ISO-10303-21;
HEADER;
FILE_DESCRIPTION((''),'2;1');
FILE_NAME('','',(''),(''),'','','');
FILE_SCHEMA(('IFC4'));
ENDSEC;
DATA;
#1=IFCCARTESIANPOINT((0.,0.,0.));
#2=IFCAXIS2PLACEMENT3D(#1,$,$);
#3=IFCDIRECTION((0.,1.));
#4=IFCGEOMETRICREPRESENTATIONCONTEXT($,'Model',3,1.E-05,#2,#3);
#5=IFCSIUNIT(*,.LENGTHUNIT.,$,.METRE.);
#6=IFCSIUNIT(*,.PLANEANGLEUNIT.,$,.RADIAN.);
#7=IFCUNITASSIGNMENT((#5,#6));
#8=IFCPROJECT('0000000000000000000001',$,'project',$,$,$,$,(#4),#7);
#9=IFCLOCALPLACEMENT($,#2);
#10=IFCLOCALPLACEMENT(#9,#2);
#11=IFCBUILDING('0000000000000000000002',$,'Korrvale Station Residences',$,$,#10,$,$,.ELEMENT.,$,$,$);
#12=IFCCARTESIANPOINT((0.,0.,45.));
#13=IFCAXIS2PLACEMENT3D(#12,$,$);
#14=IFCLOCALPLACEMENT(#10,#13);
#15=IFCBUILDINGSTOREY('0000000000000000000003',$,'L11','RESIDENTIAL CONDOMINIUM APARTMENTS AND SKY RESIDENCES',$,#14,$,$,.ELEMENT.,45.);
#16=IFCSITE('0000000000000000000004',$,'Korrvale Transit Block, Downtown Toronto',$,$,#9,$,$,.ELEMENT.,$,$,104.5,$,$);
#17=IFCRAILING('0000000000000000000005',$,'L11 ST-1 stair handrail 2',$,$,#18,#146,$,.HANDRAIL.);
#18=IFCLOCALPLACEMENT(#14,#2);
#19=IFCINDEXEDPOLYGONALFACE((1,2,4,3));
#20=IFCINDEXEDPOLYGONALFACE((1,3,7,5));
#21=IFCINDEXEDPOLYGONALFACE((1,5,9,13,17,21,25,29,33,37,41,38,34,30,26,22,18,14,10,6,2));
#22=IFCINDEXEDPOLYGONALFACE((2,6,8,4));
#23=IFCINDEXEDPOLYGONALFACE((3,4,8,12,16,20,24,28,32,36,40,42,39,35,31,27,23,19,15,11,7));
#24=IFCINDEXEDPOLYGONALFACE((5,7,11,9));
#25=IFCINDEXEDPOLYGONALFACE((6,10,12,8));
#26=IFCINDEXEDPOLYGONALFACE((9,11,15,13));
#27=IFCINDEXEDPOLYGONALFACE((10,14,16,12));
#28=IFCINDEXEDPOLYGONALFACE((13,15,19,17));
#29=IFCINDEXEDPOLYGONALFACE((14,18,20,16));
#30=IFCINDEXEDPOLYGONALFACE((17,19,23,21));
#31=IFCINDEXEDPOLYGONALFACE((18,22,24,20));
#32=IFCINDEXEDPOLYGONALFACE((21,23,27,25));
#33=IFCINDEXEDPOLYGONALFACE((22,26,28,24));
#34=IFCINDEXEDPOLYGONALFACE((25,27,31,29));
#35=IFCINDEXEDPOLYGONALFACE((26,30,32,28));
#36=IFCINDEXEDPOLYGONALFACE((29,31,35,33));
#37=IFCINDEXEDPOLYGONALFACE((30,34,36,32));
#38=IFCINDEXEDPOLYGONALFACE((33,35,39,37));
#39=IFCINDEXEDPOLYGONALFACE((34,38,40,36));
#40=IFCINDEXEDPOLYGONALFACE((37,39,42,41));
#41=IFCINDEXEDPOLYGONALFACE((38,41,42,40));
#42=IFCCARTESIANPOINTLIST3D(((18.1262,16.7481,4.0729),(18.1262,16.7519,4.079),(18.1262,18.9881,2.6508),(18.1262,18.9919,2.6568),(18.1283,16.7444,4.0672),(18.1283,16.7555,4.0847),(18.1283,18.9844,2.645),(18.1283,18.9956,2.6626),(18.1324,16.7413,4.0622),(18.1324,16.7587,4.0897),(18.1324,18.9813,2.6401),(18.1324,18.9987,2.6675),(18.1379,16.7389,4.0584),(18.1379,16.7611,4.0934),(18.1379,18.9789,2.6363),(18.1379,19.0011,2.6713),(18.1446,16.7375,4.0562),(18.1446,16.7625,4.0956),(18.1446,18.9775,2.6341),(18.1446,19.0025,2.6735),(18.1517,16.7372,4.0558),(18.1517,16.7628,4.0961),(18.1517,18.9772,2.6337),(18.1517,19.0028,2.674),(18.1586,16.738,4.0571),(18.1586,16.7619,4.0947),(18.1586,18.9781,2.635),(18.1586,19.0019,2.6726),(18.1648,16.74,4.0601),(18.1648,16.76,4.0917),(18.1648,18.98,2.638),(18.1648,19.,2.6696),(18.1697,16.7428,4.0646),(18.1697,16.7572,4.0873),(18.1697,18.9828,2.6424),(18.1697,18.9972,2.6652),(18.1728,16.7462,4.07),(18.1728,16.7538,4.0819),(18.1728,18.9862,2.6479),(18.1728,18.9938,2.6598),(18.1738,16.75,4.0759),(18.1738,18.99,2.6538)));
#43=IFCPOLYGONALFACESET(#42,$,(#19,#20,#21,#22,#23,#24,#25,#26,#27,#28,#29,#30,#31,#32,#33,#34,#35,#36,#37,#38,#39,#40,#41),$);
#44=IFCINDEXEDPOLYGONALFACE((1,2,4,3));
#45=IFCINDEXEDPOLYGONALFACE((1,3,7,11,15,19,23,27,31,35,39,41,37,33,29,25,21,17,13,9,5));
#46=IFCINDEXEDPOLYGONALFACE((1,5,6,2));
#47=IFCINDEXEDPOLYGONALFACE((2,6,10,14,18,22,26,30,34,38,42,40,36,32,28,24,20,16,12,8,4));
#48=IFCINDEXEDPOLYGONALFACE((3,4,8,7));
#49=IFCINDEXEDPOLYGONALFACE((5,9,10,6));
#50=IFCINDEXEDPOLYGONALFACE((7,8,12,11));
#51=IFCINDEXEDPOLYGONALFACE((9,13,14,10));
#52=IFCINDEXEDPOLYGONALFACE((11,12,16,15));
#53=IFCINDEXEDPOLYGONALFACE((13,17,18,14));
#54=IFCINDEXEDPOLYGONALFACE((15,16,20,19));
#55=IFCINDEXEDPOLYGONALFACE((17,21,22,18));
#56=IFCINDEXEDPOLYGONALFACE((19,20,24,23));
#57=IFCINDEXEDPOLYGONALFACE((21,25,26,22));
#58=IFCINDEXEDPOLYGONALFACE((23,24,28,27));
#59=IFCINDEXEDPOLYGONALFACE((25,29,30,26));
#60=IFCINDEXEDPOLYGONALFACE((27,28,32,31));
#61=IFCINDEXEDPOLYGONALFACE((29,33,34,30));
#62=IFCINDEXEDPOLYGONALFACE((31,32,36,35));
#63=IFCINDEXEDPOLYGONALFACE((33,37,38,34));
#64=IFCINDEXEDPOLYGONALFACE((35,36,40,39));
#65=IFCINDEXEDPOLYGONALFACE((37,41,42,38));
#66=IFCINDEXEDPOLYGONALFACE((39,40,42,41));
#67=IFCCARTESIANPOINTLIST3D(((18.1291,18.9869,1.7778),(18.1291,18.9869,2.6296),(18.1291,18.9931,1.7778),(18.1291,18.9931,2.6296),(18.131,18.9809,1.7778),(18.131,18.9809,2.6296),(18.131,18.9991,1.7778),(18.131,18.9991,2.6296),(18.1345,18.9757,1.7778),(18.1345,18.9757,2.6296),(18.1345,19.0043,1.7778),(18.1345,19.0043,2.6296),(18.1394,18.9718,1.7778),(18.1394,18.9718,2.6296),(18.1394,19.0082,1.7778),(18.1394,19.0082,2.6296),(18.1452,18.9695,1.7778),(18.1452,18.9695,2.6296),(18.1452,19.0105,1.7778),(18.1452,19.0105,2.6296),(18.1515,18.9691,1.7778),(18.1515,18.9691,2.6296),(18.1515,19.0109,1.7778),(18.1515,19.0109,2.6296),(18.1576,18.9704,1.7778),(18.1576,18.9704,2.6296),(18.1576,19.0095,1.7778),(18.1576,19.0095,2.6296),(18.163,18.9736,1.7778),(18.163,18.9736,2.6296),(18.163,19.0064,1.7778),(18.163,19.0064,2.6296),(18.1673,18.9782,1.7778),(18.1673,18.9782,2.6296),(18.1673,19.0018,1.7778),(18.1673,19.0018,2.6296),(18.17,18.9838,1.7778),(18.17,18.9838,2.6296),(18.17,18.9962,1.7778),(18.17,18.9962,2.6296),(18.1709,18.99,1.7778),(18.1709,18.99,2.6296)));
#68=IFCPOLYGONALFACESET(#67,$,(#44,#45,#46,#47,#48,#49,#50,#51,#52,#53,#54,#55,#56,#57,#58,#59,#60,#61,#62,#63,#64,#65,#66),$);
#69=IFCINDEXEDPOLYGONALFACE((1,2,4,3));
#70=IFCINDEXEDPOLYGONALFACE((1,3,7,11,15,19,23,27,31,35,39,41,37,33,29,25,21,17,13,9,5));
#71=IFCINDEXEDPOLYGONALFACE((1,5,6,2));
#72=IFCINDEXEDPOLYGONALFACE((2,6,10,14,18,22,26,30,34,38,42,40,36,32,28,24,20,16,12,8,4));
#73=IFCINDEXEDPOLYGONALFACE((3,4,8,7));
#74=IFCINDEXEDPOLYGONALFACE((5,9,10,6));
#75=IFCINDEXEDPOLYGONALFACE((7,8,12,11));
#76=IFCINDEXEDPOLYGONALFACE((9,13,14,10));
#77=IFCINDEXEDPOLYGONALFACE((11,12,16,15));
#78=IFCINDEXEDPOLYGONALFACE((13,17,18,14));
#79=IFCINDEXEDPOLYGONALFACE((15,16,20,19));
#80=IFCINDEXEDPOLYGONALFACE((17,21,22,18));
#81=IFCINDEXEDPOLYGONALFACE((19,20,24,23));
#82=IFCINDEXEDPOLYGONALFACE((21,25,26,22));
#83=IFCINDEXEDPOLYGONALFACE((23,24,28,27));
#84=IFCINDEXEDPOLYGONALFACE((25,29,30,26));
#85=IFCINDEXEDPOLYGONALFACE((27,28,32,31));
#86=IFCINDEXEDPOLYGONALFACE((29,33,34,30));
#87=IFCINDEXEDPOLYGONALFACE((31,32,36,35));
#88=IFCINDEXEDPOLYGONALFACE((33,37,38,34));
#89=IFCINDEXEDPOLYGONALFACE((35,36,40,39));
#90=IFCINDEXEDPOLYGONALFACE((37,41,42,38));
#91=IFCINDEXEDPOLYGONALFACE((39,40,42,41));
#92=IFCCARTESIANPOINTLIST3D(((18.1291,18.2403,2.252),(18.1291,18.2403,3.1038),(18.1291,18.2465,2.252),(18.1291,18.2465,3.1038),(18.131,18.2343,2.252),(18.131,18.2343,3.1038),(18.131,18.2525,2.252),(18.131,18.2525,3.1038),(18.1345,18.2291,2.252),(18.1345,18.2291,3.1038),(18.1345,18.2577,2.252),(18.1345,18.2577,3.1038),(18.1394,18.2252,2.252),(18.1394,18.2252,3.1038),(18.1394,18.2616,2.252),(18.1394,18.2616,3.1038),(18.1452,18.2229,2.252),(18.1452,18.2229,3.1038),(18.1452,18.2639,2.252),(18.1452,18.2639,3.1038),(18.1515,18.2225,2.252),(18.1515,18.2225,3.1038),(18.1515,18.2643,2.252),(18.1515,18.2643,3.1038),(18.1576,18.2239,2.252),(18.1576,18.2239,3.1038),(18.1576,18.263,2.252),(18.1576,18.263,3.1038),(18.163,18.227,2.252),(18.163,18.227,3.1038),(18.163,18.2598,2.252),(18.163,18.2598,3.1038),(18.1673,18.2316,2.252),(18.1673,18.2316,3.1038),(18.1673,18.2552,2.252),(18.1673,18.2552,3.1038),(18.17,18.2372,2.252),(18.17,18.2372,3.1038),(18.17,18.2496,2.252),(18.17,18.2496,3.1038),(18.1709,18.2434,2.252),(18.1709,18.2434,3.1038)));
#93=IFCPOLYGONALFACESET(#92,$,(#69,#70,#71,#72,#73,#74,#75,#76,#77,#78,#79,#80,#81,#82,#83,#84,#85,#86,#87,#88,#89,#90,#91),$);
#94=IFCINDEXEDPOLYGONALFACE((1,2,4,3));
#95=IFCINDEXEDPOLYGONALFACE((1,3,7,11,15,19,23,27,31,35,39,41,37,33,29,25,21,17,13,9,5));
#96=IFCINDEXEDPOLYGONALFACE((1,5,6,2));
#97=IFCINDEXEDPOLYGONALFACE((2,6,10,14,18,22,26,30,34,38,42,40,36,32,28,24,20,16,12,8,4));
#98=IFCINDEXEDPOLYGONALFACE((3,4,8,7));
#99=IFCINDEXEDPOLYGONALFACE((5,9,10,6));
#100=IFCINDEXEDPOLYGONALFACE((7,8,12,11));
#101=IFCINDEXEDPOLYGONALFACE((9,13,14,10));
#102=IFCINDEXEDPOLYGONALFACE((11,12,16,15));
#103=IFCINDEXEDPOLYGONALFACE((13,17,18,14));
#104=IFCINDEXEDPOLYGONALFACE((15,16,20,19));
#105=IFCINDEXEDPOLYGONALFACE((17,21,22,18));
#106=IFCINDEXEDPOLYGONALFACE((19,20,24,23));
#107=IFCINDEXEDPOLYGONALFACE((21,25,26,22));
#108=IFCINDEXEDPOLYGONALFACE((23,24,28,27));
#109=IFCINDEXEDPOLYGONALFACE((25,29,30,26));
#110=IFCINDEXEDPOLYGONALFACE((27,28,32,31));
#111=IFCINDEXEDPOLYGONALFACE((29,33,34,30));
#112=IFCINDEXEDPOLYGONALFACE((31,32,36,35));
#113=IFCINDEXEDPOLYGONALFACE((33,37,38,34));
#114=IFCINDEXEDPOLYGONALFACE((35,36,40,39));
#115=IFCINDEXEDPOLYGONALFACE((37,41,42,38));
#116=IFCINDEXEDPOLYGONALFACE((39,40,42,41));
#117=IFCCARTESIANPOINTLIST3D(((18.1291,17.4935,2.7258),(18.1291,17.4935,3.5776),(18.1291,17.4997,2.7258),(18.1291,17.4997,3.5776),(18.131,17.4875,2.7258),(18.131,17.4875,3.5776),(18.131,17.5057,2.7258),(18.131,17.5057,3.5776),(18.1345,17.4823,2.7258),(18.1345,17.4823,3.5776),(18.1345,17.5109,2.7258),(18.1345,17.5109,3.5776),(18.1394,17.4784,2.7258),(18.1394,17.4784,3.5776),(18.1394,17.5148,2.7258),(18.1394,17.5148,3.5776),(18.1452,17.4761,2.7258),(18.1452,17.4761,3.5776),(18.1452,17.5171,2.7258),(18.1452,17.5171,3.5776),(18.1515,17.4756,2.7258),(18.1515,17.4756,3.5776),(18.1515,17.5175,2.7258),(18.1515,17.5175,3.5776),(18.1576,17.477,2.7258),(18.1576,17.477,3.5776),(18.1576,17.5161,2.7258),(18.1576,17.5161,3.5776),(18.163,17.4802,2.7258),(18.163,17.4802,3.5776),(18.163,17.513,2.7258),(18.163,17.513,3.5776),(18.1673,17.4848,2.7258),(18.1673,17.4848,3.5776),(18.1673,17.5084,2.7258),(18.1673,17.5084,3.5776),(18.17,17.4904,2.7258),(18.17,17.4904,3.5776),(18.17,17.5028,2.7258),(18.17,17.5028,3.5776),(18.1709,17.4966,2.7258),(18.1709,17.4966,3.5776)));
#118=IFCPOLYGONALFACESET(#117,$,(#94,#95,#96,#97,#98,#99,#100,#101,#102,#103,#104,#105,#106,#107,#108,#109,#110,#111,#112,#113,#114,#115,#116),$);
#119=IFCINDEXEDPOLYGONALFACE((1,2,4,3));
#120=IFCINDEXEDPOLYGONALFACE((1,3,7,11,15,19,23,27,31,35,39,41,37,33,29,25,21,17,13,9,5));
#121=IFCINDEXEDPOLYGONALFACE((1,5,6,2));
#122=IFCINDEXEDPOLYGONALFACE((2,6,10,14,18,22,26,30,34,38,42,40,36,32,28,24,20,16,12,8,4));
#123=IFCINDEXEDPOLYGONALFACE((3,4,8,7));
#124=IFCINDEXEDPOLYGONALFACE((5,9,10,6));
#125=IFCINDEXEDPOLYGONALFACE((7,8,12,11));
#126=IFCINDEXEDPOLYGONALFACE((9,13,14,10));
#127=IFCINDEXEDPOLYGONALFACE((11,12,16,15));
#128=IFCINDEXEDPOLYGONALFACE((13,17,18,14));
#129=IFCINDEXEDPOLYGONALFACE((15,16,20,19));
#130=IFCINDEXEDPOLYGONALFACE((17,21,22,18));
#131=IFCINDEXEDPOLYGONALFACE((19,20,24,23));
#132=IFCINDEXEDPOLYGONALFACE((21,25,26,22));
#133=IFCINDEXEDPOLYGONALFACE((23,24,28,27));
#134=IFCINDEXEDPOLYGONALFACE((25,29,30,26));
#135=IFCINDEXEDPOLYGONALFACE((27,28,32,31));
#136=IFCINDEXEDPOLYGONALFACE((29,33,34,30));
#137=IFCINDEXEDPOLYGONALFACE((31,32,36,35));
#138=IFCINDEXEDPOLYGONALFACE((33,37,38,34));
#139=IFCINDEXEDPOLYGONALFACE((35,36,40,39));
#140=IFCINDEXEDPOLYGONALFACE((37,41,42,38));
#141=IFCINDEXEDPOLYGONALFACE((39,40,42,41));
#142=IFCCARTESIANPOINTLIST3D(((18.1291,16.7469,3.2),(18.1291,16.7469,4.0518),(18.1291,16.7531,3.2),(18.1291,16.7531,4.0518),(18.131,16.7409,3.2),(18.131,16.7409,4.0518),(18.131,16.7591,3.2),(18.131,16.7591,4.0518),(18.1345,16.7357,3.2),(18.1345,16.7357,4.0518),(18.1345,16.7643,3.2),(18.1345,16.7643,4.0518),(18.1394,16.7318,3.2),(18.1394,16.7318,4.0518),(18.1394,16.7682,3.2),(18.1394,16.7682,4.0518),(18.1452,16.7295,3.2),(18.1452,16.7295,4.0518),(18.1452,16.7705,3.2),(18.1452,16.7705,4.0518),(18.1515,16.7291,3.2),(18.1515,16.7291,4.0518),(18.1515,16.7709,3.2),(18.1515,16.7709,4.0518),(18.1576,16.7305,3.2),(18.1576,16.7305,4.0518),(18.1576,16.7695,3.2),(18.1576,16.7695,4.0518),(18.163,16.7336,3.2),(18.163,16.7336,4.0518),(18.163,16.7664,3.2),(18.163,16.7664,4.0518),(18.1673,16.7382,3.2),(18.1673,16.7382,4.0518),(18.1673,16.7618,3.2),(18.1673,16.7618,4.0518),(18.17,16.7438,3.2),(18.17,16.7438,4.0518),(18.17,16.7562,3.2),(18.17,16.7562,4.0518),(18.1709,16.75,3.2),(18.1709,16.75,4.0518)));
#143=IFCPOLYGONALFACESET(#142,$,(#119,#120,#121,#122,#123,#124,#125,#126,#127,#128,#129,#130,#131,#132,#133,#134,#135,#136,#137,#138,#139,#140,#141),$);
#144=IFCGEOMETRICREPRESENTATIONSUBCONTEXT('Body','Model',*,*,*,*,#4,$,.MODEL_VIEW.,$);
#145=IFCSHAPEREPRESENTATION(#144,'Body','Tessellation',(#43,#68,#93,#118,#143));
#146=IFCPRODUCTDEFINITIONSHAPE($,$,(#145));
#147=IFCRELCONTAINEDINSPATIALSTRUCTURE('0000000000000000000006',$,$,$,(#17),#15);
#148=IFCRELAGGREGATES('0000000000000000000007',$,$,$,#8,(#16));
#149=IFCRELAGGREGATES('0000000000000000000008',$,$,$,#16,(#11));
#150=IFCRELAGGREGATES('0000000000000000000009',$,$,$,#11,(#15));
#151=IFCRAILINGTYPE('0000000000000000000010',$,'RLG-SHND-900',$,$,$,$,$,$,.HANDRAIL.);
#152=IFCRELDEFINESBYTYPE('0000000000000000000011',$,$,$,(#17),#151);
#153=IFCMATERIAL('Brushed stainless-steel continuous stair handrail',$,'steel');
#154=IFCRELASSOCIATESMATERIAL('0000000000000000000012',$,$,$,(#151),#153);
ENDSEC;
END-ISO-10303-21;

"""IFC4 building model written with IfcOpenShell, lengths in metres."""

from ifc_helpers import new_model, si_unit, direction, frame, origin, origin_2d, place, context, subcontext, project, spatial, circle, extrude, material, type_object, element, save


model = new_model("IFC4")

# Units and contexts
model_context = context("Model", 3, precision=1e-05, world=origin(), true_north=direction((0.0, 1.0)))
body_context = subcontext(model_context, "Body", "Model", "MODEL_VIEW")
ifc_project = project(units=[si_unit("LENGTHUNIT", "METRE"), si_unit("PLANEANGLEUNIT", "RADIAN")], contexts=[model_context])

# Site, building, storey
site_placement = place(None, origin())
site = spatial("IfcSite", under=ifc_project, at=site_placement, Name="Korrvale Transit Block, Downtown Toronto", CompositionType="ELEMENT", RefElevation=104.5)
building_placement = place(site_placement, origin())
building = spatial("IfcBuilding", under=site, at=building_placement, Name="Korrvale Station Residences", CompositionType="ELEMENT")
storey_placement = place(building_placement, frame((0.0, 0.0, 45.0)))
storey = spatial("IfcBuildingStorey", under=building, at=storey_placement, Name="L11", Description="RESIDENTIAL CONDOMINIUM APARTMENTS AND SKY RESIDENCES", CompositionType="ELEMENT", Elevation=45.0)

# Railing
ifc_material_1 = material(Name="Brushed stainless-steel continuous stair handrail", Category="steel")
railing_type_1 = type_object("IfcRailingType", Name="RLG-SHND-900", PredefinedType="HANDRAIL", material=ifc_material_1)
railing_1_placement = place(storey_placement, frame((18.1499, 18.99, 1.7778)))
element("IfcRailing", 1, at=railing_1_placement, inside=storey, type_object=railing_type_1, Name="L11 ST-1 stair handrail 2", PredefinedType="HANDRAIL", context=body_context, shape_type="SweptSolid", body=[
    extrude(circle(Radius=0.0239, at=origin_2d()), frame((0.0, 0.0, 0.876), z_axis=(0.0, -0.844229, 0.535982), x_axis=(1.0, 0.0, 0.0)), (0.0, 0.0, 1.0), 2.6533),
    extrude(circle(Radius=0.021, at=origin_2d()), origin(), (0.0, 0.0, 1.0), 0.8518),
    extrude(circle(Radius=0.021, at=origin_2d()), frame((0.0, -0.7466, 0.4741)), (0.0, 0.0, 1.0), 0.8518),
    extrude(circle(Radius=0.021, at=origin_2d()), frame((0.0, -1.4934, 0.948)), (0.0, 0.0, 1.0), 0.8518),
    extrude(circle(Radius=0.021, at=origin_2d()), frame((0.0, -2.24, 1.4221)), (0.0, 0.0, 1.0), 0.8518),
])

save(model, "model.ifc")
